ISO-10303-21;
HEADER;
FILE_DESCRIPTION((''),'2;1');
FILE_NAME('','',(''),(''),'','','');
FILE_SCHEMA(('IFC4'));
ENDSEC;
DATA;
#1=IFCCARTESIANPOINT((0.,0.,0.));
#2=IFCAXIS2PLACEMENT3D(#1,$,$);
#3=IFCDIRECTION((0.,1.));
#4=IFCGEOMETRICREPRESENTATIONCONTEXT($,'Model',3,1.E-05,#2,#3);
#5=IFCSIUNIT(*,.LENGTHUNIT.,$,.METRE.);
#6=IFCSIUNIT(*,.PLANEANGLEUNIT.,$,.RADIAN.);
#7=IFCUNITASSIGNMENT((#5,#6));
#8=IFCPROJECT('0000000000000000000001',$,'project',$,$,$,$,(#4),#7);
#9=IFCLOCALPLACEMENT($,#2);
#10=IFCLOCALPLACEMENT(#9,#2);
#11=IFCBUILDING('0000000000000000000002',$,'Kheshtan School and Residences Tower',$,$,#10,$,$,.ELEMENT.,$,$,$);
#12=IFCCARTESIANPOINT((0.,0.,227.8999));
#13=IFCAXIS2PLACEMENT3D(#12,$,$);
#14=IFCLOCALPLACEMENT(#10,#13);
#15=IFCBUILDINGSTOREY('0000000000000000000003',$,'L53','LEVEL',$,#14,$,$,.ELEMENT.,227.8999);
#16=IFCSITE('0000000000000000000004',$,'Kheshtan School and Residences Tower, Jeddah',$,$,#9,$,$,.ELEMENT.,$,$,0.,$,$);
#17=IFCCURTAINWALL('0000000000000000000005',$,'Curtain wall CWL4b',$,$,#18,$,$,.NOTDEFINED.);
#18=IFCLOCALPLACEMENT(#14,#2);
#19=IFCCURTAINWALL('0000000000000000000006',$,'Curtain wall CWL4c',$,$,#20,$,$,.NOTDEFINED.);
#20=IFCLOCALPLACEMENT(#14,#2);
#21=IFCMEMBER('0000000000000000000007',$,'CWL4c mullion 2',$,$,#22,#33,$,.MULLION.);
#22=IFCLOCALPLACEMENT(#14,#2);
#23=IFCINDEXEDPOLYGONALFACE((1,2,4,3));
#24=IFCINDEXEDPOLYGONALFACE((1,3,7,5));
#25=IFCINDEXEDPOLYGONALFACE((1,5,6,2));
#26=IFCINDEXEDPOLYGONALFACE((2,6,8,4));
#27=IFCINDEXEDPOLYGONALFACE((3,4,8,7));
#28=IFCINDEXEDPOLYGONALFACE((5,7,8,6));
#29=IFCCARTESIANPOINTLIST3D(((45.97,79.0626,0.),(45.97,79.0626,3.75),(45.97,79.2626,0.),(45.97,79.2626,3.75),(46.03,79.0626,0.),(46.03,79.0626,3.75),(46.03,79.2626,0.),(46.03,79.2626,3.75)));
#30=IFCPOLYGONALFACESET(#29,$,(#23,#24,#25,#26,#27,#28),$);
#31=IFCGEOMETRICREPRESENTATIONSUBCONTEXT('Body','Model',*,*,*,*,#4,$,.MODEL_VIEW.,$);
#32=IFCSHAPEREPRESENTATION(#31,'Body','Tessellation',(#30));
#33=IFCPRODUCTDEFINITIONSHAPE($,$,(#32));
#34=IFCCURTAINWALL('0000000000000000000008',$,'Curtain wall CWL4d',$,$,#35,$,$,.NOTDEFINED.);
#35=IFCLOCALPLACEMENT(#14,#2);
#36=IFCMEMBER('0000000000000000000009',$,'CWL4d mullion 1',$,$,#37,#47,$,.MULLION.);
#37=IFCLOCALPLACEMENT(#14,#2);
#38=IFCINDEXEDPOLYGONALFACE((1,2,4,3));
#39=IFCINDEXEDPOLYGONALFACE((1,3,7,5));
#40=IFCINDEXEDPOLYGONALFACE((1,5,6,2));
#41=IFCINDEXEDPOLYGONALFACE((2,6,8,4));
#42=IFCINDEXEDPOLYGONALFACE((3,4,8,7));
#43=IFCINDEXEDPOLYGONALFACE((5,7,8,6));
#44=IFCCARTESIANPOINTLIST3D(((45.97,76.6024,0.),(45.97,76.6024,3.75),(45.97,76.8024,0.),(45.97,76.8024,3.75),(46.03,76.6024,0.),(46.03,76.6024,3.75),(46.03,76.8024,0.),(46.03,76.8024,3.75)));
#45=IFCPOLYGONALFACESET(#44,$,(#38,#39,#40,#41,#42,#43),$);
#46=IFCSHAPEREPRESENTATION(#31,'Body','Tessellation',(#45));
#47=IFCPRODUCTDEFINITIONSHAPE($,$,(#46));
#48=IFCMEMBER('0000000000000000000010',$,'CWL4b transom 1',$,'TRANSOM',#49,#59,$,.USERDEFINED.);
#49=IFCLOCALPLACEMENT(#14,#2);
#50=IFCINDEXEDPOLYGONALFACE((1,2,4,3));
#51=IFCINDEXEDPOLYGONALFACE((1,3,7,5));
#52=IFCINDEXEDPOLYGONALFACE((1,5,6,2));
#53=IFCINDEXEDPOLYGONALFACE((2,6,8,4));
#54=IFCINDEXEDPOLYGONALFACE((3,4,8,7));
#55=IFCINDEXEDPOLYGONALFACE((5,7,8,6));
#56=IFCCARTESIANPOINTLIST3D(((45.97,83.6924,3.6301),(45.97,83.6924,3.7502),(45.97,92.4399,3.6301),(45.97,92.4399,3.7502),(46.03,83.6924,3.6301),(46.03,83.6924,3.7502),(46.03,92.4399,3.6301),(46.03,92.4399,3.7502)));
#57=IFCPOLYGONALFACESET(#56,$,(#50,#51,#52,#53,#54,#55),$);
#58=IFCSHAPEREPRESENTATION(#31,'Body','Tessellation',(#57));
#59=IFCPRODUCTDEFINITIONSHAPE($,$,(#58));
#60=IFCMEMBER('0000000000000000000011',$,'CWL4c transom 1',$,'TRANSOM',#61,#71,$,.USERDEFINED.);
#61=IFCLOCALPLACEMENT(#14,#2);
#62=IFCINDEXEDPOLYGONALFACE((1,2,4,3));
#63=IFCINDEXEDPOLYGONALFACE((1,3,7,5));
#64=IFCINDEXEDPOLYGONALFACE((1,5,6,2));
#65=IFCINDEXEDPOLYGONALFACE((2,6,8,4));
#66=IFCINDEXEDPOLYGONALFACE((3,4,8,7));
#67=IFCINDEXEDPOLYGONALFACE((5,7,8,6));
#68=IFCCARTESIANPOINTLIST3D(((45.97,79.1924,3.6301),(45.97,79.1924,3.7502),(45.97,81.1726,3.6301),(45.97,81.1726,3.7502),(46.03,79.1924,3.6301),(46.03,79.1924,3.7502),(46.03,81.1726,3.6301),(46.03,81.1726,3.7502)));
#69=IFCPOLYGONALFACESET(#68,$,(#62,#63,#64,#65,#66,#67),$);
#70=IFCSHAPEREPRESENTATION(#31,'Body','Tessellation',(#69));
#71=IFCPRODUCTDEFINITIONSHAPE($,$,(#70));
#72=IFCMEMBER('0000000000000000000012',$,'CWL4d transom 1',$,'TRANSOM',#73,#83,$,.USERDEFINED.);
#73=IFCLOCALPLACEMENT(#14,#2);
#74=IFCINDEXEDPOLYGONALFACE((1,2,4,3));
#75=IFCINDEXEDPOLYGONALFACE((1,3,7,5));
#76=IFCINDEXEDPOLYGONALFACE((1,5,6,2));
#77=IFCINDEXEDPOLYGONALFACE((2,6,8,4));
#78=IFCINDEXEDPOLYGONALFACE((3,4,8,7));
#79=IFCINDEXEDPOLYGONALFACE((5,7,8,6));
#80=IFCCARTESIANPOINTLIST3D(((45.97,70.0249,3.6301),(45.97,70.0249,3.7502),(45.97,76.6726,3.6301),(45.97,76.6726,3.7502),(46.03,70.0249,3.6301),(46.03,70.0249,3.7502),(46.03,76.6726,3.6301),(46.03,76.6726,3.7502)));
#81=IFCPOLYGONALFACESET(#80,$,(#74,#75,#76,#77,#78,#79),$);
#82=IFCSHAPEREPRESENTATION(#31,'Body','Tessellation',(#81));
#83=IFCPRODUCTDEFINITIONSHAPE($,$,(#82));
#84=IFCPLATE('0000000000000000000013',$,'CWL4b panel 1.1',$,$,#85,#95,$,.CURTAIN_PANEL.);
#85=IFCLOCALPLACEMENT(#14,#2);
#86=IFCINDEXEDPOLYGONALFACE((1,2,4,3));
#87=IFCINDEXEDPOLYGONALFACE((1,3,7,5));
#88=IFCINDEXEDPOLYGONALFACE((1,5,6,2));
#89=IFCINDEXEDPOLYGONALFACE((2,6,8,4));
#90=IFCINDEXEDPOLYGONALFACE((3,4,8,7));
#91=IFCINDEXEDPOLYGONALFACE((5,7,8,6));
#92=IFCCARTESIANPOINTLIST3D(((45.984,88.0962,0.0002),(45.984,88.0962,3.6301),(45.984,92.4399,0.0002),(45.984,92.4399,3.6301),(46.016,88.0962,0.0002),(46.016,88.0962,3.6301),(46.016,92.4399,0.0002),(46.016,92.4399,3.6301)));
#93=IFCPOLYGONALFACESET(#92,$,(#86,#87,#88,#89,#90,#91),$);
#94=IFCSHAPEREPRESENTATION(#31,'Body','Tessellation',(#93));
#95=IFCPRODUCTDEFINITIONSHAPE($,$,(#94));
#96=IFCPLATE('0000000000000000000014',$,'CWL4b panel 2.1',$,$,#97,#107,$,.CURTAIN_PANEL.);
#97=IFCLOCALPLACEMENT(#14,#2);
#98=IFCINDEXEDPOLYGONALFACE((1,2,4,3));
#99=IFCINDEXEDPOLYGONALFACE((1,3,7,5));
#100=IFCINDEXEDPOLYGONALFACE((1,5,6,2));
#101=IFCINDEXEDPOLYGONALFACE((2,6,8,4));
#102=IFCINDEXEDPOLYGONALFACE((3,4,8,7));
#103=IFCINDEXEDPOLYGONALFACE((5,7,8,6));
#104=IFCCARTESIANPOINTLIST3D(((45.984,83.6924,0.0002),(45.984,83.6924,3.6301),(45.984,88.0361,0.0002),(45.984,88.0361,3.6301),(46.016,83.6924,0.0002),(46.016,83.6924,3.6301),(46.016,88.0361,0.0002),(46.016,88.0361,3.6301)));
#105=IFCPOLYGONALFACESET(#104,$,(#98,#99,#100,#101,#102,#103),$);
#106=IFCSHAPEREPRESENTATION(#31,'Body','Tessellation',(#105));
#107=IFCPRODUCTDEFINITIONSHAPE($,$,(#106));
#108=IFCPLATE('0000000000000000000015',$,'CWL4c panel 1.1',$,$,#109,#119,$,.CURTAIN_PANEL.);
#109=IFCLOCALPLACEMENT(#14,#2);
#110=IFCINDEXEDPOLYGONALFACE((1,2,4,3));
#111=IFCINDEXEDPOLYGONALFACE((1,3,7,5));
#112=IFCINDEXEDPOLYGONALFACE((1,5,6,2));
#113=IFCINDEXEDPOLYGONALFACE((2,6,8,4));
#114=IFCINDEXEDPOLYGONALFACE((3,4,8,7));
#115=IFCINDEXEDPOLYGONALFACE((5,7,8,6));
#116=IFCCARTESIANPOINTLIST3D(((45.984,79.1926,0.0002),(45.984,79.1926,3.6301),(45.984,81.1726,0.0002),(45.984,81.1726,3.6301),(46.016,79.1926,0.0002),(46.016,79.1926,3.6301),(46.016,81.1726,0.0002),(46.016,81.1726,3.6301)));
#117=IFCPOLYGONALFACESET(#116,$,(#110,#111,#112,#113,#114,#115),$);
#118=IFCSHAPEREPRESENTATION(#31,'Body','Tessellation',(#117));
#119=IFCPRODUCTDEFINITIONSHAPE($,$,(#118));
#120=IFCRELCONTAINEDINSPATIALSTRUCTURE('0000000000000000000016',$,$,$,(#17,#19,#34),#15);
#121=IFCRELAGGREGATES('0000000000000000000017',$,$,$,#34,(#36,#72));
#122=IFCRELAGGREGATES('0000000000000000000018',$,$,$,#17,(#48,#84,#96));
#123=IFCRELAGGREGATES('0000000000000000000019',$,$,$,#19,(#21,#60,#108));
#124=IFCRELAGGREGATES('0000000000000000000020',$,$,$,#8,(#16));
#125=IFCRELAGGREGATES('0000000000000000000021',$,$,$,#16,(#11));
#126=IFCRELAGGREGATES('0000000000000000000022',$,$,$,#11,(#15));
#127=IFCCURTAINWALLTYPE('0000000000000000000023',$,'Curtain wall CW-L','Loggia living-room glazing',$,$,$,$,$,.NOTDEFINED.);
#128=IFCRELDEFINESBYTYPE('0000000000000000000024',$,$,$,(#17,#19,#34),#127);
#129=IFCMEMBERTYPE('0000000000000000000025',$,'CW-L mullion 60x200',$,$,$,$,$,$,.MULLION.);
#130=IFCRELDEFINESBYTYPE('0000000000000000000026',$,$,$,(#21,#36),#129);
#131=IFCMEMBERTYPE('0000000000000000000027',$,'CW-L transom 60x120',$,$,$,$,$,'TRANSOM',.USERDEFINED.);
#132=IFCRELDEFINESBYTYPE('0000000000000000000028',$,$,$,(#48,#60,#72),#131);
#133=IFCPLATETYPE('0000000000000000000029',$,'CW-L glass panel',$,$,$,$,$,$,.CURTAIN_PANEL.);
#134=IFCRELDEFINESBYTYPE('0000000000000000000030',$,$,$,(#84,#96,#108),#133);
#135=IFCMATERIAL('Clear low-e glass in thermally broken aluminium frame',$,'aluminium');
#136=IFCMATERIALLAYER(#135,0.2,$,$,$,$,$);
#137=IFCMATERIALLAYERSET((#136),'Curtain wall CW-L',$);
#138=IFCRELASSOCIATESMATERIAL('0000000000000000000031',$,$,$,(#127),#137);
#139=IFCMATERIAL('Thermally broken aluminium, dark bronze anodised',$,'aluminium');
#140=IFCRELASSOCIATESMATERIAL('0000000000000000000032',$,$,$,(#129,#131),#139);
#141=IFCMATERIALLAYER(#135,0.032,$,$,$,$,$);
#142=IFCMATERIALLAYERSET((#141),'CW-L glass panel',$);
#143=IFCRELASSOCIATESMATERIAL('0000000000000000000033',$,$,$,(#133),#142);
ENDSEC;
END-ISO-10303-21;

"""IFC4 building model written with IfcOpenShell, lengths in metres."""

from ifc_helpers import new_model, si_unit, direction, frame, origin, origin_2d, place, context, subcontext, project, spatial, rectangle, extrude, material, layer, layer_set, material_profile, profile_set, type_object, element, aggregate, save


model = new_model("IFC4")

# Units and contexts
model_context = context("Model", 3, precision=1e-05, world=origin(), true_north=direction((0.0, 1.0)))
body_context = subcontext(model_context, "Body", "Model", "MODEL_VIEW")
ifc_project = project(units=[si_unit("LENGTHUNIT", "METRE"), si_unit("PLANEANGLEUNIT", "RADIAN")], contexts=[model_context])

# Site, building, storey
site_placement = place(None, origin())
site = spatial("IfcSite", under=ifc_project, at=site_placement, Name="Kheshtan School and Residences Tower, Jeddah", CompositionType="ELEMENT", RefElevation=0.0)
building_placement = place(site_placement, origin())
building = spatial("IfcBuilding", under=site, at=building_placement, Name="Kheshtan School and Residences Tower", CompositionType="ELEMENT")
storey_placement = place(building_placement, frame((0.0, 0.0, 227.8999)))
storey = spatial("IfcBuildingStorey", under=building, at=storey_placement, Name="L53", Description="LEVEL", CompositionType="ELEMENT", Elevation=227.8999)

# Curtain walls, member
ifc_material_1 = material(Name="Clear low-e glass in thermally broken aluminium frame", Category="aluminium")
ifc_layer_1 = layer(ifc_material_1, 0.2)
ifc_layer_set_1 = layer_set([ifc_layer_1], Name="Curtain wall CW-L")
curtain_wall_type = type_object("IfcCurtainWallType", Name="Curtain wall CW-L", Description="Loggia living-room glazing", PredefinedType="NOTDEFINED", material=ifc_layer_set_1)
curtain_wall_1_placement = place(storey_placement, origin())
curtain_wall_1 = element("IfcCurtainWall", 1, at=curtain_wall_1_placement, inside=storey, type_object=curtain_wall_type, Name="Curtain wall CWL4b", PredefinedType="NOTDEFINED")
ifc_material_2 = material(Name="Thermally broken aluminium, dark bronze anodised", Category="aluminium")
ifc_material_profile_1 = material_profile(ifc_material_2, rectangle(XDim=0.0601, YDim=0.2, at=origin_2d()), Name="CW-L mullion 60x200")
ifc_profile_set_1 = profile_set([ifc_material_profile_1], Name="Thermally broken aluminium, dark bronze anodised")
member_type_1 = type_object("IfcMemberType", Name="CW-L mullion 60x200", PredefinedType="MULLION", material=ifc_profile_set_1)
curtain_wall_2_placement = place(storey_placement, origin())
curtain_wall_2 = element("IfcCurtainWall", 2, at=curtain_wall_2_placement, inside=storey, type_object=curtain_wall_type, Name="Curtain wall CWL4c", PredefinedType="NOTDEFINED")
member_1_placement = place(storey_placement, frame((46.0, 79.1626, 0.0), z_axis=(0.0, 0.0, 1.0), x_axis=(1.0, 0.0, 0.0)))
member_1 = element("IfcMember", 3, at=member_1_placement, type_object=member_type_1, Name="CWL4c mullion 2", PredefinedType="MULLION", context=body_context, shape_type="SweptSolid", body=[
    extrude(rectangle(XDim=0.0601, YDim=0.2, at=origin_2d()), origin(), (0.0, 0.0, 1.0), 3.75),
])

# Curtain wall, member
curtain_wall_3_placement = place(storey_placement, origin())
curtain_wall_3 = element("IfcCurtainWall", 4, at=curtain_wall_3_placement, inside=storey, type_object=curtain_wall_type, Name="Curtain wall CWL4d", PredefinedType="NOTDEFINED")
member_2_placement = place(storey_placement, frame((46.0, 76.7024, 0.0), z_axis=(0.0, 0.0, 1.0), x_axis=(1.0, 0.0, 0.0)))
member_2 = element("IfcMember", 5, at=member_2_placement, type_object=member_type_1, Name="CWL4d mullion 1", PredefinedType="MULLION", context=body_context, shape_type="SweptSolid", body=[
    extrude(rectangle(XDim=0.0601, YDim=0.2, at=origin_2d()), origin(), (0.0, 0.0, 1.0), 3.75),
])

# Members
ifc_material_profile_2 = material_profile(ifc_material_2, rectangle(XDim=0.0601, YDim=0.1201, at=origin_2d()), Name="CW-L transom 60x120")
ifc_profile_set_2 = profile_set([ifc_material_profile_2], Name="Thermally broken aluminium, dark bronze anodised")
member_type_2 = type_object("IfcMemberType", Name="CW-L transom 60x120", ElementType="TRANSOM", PredefinedType="USERDEFINED", material=ifc_profile_set_2)
member_3_placement = place(storey_placement, frame((46.0, 92.4399, 3.6902), z_axis=(0.0, -1.0, 0.0), x_axis=(1.0, 0.0, 0.0)))
member_3 = element("IfcMember", 6, at=member_3_placement, type_object=member_type_2, Name="CWL4b transom 1", ObjectType="TRANSOM", PredefinedType="USERDEFINED", context=body_context, shape_type="SweptSolid", body=[
    extrude(rectangle(XDim=0.0601, YDim=0.1201, at=origin_2d()), origin(), (0.0, 0.0, 1.0), 8.7476),
])
member_4_placement = place(storey_placement, frame((46.0, 81.1726, 3.6902), z_axis=(0.0, -1.0, 0.0), x_axis=(1.0, 0.0, 0.0)))
member_4 = element("IfcMember", 7, at=member_4_placement, type_object=member_type_2, Name="CWL4c transom 1", ObjectType="TRANSOM", PredefinedType="USERDEFINED", context=body_context, shape_type="SweptSolid", body=[
    extrude(rectangle(XDim=0.0601, YDim=0.1201, at=origin_2d()), origin(), (0.0, 0.0, 1.0), 1.9802),
])
member_5_placement = place(storey_placement, frame((46.0, 76.6726, 3.6902), z_axis=(0.0, -1.0, 0.0), x_axis=(1.0, 0.0, 0.0)))
member_5 = element("IfcMember", 8, at=member_5_placement, type_object=member_type_2, Name="CWL4d transom 1", ObjectType="TRANSOM", PredefinedType="USERDEFINED", context=body_context, shape_type="SweptSolid", body=[
    extrude(rectangle(XDim=0.0601, YDim=0.1201, at=origin_2d()), origin(), (0.0, 0.0, 1.0), 6.6477),
])
aggregate(curtain_wall_3, [member_2, member_5])

# Plates
ifc_layer_2 = layer(ifc_material_1, 0.032)
ifc_layer_set_2 = layer_set([ifc_layer_2], Name="CW-L glass panel")
plate_type = type_object("IfcPlateType", Name="CW-L glass panel", PredefinedType="CURTAIN_PANEL", material=ifc_layer_set_2)
plate_1_placement = place(storey_placement, frame((46.0, 90.2681, 0.0002), z_axis=(0.0, 0.0, 1.0), x_axis=(0.0, -1.0, 0.0)))
plate_1 = element("IfcPlate", 9, at=plate_1_placement, type_object=plate_type, Name="CWL4b panel 1.1", PredefinedType="CURTAIN_PANEL", context=body_context, shape_type="SweptSolid", body=[
    extrude(rectangle(XDim=4.3438, YDim=0.032, at=origin_2d()), origin(), (0.0, 0.0, 1.0), 3.6299),
])
plate_2_placement = place(storey_placement, frame((46.0, 85.8643, 0.0002), z_axis=(0.0, 0.0, 1.0), x_axis=(0.0, -1.0, 0.0)))
plate_2 = element("IfcPlate", 10, at=plate_2_placement, type_object=plate_type, Name="CWL4b panel 2.1", PredefinedType="CURTAIN_PANEL", context=body_context, shape_type="SweptSolid", body=[
    extrude(rectangle(XDim=4.3438, YDim=0.032, at=origin_2d()), origin(), (0.0, 0.0, 1.0), 3.6299),
])
aggregate(curtain_wall_1, [member_3, plate_1, plate_2])
plate_3_placement = place(storey_placement, frame((46.0, 80.1826, 0.0002), z_axis=(0.0, 0.0, 1.0), x_axis=(0.0, -1.0, 0.0)))
plate_3 = element("IfcPlate", 11, at=plate_3_placement, type_object=plate_type, Name="CWL4c panel 1.1", PredefinedType="CURTAIN_PANEL", context=body_context, shape_type="SweptSolid", body=[
    extrude(rectangle(XDim=1.98, YDim=0.032, at=origin_2d()), origin(), (0.0, 0.0, 1.0), 3.6299),
])
aggregate(curtain_wall_2, [member_1, member_4, plate_3])

save(model, "model.ifc")
